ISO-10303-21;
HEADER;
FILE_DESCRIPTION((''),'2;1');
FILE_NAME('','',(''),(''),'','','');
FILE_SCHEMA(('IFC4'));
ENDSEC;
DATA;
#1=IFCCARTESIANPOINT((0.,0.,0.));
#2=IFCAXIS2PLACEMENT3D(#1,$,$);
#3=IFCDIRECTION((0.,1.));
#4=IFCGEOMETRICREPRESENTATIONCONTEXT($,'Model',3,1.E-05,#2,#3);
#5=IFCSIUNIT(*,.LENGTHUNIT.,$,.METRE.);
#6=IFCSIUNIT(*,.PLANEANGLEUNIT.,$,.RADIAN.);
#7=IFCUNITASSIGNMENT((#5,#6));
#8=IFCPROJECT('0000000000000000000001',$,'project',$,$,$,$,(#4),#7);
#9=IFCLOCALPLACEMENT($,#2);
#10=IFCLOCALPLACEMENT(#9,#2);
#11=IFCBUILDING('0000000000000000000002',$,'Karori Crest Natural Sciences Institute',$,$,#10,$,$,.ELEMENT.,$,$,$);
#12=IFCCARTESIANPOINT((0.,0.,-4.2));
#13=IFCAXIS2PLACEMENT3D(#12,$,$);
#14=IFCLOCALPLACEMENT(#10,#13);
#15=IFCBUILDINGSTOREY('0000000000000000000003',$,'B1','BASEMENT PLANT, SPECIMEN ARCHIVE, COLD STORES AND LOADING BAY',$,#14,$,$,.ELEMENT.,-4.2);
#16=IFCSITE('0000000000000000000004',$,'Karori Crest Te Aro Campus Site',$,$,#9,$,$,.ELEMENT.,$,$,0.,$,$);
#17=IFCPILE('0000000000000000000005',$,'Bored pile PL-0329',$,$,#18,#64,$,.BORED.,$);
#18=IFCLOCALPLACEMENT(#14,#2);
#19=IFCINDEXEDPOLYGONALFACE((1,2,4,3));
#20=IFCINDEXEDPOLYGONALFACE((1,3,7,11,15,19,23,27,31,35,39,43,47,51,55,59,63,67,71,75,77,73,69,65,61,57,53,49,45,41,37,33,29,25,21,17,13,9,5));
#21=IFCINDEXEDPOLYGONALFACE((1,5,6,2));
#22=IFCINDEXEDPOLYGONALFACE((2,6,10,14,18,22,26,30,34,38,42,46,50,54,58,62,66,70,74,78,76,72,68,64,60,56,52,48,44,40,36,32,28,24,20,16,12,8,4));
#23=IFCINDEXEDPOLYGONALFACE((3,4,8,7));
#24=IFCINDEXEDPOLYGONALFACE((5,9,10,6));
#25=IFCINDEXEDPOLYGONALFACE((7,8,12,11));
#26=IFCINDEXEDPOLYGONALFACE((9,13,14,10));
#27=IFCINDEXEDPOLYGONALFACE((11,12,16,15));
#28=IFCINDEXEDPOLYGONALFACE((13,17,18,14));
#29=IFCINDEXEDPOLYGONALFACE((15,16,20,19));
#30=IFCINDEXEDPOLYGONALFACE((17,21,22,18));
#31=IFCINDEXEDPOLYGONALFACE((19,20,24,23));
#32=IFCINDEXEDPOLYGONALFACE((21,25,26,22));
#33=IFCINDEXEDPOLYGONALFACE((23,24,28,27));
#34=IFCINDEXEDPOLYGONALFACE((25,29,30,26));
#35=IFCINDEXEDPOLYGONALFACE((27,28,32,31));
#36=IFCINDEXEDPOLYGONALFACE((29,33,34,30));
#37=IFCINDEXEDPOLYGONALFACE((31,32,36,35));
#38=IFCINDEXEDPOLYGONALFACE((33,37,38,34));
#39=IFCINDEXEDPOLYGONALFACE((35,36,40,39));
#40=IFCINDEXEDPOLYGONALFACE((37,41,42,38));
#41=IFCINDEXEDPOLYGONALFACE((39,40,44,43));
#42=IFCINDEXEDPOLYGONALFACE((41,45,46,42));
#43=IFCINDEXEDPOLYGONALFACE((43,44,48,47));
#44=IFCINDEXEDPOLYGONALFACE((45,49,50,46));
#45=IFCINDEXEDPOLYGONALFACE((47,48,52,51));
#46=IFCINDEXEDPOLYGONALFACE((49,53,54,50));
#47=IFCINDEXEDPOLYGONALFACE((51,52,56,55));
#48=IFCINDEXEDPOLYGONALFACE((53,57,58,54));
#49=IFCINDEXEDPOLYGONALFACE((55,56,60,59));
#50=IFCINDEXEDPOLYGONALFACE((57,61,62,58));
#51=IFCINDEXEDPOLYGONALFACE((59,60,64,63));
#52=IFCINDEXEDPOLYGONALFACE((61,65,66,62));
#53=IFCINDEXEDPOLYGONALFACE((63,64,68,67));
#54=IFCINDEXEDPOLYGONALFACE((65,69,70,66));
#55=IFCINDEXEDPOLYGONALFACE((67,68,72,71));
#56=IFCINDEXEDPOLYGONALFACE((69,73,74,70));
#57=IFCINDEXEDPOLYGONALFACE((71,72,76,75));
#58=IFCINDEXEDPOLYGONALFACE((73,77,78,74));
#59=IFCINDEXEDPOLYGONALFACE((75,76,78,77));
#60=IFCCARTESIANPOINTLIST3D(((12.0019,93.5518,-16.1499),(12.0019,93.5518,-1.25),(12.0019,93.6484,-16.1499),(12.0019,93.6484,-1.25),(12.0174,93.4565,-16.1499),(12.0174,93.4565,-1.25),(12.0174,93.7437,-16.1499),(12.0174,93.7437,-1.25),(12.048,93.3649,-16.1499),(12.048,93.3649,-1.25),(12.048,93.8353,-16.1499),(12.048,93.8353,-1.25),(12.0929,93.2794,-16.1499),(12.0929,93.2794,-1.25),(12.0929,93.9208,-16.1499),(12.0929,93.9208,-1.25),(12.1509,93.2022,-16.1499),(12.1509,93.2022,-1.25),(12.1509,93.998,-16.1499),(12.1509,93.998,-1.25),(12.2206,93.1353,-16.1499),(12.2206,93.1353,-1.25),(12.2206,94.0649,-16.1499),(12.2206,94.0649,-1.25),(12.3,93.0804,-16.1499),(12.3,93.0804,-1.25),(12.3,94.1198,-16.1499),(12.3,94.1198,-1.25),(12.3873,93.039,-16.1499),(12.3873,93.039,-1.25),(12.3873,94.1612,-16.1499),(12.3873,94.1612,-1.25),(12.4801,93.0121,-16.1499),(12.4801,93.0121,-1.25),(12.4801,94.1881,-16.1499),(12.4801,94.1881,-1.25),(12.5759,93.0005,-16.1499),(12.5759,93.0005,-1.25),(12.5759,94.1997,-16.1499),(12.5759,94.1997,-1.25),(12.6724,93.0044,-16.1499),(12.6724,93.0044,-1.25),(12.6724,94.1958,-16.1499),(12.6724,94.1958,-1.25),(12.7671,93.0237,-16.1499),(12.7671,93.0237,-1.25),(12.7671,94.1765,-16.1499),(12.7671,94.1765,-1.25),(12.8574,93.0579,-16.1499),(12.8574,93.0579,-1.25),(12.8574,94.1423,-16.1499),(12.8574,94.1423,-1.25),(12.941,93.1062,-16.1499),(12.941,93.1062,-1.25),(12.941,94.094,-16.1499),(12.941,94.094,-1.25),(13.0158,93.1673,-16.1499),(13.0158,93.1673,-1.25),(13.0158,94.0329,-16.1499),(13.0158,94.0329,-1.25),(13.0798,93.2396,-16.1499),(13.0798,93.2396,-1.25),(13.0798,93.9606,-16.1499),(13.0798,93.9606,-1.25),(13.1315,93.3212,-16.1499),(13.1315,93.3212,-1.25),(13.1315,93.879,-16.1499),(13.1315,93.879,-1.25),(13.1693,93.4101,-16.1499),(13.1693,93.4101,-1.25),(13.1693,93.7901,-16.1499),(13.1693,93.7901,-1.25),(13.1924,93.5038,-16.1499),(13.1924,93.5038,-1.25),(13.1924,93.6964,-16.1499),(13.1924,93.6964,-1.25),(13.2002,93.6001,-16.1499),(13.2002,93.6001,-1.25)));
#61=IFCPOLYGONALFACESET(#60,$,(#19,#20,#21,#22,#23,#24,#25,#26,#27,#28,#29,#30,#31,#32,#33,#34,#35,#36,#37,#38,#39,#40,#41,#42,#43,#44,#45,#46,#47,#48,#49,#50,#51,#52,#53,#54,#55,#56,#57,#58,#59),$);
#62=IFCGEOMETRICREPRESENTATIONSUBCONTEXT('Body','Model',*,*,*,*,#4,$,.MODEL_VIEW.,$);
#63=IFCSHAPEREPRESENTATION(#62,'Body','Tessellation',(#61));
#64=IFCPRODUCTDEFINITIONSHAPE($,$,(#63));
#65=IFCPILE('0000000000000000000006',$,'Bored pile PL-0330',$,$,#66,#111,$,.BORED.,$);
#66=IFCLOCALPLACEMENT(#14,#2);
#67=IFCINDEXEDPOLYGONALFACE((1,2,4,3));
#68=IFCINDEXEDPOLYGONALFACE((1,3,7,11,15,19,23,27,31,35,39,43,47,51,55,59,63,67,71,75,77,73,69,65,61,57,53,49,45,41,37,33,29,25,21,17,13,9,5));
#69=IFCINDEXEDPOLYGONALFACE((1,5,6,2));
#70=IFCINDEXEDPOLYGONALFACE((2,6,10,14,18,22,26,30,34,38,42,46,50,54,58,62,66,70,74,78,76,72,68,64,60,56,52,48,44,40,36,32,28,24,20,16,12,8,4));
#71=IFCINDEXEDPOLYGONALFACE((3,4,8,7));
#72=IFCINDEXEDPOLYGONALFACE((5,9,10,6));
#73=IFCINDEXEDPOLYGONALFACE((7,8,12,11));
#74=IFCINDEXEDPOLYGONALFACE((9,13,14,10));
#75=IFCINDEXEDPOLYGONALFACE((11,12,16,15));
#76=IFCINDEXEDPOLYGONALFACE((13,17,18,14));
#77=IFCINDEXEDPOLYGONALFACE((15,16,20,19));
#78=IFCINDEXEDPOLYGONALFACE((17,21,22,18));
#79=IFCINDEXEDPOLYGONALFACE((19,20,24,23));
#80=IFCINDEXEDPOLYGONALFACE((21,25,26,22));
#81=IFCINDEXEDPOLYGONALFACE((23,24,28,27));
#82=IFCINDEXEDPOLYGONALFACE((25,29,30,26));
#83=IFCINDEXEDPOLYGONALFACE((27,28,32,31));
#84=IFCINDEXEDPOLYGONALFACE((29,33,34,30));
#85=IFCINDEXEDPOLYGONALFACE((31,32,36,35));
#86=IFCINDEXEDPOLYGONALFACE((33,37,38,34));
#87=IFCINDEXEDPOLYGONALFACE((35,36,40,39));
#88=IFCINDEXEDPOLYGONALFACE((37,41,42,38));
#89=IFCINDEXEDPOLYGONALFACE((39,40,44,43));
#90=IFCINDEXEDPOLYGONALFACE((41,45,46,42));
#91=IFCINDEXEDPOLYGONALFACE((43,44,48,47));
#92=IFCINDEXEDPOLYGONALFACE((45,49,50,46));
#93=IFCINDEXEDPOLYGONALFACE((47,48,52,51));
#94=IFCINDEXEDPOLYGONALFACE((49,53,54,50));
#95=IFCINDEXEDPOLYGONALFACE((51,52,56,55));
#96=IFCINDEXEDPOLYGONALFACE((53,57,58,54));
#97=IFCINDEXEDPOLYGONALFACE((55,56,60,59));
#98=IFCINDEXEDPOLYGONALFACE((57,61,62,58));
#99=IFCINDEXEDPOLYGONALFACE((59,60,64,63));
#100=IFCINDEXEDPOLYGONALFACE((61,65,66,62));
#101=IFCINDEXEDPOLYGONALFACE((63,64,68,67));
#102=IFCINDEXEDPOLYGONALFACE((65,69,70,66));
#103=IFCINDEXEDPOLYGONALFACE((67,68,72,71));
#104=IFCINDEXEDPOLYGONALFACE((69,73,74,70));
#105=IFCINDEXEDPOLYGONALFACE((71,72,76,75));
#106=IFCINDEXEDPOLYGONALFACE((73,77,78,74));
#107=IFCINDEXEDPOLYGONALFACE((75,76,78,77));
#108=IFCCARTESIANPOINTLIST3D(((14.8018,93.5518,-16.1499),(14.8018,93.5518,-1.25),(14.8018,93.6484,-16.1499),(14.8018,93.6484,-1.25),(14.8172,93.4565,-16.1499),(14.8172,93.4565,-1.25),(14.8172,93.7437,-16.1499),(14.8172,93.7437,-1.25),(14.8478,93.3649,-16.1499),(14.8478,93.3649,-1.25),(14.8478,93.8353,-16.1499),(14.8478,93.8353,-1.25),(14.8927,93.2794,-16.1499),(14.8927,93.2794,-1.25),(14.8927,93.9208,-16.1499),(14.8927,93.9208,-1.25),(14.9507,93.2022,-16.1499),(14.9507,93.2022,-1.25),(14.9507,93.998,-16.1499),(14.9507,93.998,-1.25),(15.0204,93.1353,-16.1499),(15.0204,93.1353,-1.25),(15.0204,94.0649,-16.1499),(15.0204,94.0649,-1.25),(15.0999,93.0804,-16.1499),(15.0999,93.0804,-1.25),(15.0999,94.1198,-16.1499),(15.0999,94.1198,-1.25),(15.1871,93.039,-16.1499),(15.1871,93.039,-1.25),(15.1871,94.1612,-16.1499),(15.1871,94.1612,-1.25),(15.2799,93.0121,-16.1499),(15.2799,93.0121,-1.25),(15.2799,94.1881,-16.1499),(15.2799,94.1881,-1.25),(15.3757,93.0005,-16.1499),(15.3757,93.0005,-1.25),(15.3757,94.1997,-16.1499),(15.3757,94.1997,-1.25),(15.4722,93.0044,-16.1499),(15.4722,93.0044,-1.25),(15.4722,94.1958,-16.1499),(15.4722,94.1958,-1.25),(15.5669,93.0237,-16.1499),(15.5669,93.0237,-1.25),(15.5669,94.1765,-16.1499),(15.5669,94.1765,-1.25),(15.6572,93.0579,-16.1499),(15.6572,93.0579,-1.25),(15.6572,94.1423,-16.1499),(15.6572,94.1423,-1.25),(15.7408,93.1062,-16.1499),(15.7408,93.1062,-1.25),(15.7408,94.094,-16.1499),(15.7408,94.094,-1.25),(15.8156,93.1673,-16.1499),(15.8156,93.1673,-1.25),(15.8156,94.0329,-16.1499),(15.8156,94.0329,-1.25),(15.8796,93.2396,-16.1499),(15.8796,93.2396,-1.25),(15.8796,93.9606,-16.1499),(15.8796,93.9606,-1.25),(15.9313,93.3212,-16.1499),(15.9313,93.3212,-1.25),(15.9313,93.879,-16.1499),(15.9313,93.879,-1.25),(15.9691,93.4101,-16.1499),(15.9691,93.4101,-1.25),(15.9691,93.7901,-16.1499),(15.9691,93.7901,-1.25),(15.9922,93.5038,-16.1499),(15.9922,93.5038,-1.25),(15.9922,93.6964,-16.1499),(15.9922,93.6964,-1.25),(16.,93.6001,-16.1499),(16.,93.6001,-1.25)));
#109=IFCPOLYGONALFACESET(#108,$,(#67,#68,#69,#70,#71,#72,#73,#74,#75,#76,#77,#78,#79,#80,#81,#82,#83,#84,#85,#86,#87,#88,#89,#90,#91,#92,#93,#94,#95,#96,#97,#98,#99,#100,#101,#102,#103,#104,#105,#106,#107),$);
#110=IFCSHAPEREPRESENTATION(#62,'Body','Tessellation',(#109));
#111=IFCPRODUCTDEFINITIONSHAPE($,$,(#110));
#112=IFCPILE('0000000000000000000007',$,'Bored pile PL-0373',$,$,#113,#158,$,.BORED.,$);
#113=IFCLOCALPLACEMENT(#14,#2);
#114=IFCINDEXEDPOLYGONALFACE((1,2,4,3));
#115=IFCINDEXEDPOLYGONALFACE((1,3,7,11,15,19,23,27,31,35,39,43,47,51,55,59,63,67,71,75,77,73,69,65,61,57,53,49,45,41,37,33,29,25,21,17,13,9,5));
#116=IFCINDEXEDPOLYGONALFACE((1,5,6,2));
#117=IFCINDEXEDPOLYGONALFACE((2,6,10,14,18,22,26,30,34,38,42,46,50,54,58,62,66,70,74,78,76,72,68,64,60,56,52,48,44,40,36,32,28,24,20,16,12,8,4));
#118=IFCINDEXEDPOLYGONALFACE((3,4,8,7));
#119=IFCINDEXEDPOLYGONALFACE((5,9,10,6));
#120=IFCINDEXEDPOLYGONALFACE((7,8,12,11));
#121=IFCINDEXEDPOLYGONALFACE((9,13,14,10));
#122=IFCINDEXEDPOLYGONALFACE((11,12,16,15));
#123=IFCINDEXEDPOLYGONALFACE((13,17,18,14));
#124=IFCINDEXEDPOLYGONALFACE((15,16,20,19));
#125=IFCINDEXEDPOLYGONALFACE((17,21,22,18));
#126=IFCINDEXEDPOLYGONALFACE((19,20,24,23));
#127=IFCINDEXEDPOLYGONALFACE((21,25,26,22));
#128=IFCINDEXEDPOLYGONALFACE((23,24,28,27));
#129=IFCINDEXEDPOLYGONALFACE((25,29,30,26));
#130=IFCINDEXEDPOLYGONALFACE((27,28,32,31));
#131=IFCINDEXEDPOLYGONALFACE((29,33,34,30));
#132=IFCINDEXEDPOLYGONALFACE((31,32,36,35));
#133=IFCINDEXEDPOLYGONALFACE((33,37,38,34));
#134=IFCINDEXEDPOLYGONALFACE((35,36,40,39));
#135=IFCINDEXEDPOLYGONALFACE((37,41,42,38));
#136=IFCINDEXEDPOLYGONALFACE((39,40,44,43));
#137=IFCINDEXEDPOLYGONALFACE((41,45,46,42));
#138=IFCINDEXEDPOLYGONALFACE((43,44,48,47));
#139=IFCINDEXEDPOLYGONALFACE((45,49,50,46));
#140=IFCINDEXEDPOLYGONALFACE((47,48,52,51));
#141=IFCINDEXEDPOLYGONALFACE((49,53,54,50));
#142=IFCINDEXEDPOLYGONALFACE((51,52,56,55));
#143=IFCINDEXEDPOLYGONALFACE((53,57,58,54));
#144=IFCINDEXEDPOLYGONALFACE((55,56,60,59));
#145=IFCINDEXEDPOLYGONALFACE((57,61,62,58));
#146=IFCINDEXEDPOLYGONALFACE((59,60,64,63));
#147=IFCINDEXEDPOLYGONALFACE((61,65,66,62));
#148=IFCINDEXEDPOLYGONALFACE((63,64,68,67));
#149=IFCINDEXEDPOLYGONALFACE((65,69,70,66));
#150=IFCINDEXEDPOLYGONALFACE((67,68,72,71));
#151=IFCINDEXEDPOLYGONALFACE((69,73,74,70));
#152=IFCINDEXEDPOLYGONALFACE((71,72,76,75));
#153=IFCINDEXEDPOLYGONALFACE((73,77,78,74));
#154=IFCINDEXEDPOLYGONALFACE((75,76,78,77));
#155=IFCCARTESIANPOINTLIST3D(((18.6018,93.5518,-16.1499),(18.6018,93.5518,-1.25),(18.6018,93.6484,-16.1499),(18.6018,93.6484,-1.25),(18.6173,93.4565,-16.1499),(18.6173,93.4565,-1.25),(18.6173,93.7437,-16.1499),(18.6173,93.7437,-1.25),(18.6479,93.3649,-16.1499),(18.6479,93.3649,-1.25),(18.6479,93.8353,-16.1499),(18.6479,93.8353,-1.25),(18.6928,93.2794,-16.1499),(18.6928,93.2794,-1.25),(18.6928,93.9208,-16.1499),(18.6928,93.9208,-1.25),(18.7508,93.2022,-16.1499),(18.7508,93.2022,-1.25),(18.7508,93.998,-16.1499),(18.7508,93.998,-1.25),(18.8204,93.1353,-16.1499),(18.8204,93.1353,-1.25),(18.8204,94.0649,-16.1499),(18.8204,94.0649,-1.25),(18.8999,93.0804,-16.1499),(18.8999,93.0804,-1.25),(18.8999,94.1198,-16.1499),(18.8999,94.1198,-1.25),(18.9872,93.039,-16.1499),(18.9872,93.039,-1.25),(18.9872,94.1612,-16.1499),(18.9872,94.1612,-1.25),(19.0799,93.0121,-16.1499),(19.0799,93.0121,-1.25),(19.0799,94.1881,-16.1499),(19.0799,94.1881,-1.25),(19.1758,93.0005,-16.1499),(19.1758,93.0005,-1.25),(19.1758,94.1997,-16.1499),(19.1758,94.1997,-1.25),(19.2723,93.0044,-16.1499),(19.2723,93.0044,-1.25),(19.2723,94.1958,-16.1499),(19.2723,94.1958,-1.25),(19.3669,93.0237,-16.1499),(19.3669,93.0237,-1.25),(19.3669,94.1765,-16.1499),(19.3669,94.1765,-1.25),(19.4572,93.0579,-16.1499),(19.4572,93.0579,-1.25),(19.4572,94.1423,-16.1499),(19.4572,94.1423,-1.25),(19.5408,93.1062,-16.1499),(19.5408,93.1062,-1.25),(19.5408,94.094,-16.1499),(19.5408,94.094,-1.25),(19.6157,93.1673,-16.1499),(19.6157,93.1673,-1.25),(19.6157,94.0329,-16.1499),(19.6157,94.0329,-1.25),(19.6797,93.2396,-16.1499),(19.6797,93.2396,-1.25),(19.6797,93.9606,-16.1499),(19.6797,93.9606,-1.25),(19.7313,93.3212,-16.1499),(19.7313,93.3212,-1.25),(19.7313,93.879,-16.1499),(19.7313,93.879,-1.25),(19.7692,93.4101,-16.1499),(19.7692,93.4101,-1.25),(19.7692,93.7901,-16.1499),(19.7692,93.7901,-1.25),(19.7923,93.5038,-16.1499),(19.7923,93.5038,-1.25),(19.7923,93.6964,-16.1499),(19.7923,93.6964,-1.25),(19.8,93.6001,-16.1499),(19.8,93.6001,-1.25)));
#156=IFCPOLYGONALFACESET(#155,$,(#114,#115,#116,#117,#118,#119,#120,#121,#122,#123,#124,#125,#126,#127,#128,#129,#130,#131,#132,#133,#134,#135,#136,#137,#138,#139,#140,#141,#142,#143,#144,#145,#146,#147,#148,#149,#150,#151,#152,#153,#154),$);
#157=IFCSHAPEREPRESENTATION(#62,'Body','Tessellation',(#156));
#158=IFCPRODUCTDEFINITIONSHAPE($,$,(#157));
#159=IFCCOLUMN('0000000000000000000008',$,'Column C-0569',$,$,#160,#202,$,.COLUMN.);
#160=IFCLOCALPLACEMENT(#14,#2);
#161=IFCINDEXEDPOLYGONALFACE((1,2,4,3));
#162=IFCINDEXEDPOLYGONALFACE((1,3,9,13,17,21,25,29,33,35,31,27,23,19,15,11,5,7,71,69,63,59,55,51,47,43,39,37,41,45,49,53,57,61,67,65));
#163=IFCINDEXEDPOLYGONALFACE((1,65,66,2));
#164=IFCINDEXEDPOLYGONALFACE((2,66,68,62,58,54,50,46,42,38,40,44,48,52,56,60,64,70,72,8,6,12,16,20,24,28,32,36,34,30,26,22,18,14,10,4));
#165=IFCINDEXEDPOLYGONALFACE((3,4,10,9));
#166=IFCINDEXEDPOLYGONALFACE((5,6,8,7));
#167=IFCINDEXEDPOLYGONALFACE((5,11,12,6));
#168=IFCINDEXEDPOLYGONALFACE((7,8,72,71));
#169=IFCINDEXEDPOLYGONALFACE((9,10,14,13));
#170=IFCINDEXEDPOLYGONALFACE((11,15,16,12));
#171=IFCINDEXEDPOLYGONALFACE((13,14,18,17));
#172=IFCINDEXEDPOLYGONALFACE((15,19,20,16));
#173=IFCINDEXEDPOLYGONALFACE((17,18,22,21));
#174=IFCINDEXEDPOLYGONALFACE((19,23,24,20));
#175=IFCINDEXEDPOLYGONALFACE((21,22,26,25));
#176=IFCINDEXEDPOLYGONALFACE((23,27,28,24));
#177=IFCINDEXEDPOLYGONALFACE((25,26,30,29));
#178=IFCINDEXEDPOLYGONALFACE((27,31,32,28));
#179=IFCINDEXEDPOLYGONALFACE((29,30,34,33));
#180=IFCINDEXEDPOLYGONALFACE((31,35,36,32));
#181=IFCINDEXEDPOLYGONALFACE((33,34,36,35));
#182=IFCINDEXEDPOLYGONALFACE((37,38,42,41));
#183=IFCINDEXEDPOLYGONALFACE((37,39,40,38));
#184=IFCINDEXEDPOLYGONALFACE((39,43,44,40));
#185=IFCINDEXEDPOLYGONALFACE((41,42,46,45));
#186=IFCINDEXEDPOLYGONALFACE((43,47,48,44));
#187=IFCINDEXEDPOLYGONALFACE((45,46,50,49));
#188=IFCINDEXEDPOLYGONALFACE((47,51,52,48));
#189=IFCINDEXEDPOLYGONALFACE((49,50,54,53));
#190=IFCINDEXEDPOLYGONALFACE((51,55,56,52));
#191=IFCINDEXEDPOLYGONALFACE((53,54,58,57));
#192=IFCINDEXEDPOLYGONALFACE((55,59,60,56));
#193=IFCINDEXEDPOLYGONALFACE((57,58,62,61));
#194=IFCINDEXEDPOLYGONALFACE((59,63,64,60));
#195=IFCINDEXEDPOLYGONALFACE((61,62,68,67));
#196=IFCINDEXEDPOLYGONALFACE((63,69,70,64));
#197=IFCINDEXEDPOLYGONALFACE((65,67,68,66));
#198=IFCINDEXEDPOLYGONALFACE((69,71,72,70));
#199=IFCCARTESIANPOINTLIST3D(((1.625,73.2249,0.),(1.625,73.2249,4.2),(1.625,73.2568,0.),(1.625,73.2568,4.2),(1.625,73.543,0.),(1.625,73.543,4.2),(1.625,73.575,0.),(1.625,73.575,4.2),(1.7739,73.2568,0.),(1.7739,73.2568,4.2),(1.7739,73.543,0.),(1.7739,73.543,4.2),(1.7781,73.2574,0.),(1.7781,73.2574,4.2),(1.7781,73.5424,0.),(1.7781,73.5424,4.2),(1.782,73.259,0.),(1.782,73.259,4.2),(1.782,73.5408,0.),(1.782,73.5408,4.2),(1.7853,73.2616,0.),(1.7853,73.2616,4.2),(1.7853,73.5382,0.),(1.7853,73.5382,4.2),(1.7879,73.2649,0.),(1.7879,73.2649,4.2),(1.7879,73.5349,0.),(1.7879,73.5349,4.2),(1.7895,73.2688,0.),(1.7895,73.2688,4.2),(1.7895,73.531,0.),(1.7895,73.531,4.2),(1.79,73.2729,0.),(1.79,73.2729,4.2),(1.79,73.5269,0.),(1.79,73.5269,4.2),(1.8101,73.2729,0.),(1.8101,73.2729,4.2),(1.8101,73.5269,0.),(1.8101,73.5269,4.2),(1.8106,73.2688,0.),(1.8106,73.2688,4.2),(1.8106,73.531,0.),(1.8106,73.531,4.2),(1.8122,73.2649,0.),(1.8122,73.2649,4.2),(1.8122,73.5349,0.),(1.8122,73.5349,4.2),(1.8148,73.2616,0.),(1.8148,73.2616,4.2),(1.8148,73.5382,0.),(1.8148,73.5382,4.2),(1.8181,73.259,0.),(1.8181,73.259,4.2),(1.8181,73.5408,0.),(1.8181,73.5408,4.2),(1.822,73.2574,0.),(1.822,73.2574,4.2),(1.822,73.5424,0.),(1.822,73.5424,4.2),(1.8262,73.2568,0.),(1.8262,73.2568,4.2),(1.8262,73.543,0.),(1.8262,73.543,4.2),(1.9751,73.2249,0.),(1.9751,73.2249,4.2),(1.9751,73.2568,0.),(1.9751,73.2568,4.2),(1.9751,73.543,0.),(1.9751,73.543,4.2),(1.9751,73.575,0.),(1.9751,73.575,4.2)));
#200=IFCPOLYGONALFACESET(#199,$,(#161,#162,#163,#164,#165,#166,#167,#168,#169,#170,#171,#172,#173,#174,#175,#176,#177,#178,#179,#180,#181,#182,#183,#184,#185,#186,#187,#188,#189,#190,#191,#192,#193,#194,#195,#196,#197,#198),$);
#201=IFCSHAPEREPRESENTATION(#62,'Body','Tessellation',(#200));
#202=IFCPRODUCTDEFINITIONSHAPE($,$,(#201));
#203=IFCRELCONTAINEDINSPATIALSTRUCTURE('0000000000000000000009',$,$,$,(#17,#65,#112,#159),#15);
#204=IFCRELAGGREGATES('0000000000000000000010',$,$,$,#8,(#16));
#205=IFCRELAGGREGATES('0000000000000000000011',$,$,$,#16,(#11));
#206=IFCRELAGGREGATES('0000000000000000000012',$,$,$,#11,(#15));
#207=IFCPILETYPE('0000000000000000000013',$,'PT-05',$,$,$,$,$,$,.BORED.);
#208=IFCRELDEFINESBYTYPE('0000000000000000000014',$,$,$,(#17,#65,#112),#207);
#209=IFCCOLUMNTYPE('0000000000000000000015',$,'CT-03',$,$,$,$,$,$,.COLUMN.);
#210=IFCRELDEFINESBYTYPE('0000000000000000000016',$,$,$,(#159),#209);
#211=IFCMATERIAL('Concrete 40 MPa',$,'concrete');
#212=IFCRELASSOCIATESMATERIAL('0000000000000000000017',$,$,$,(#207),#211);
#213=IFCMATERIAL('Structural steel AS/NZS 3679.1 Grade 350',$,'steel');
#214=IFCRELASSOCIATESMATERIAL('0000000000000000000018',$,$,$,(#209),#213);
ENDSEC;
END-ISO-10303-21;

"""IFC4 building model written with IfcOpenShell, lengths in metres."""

from ifc_helpers import new_model, si_unit, direction, frame, origin, origin_2d, place, context, subcontext, project, spatial, circle, i_section, extrude, material, material_profile, profile_set, type_object, element, save


model = new_model("IFC4")

# Units and contexts
model_context = context("Model", 3, precision=1e-05, world=origin(), true_north=direction((0.0, 1.0)))
body_context = subcontext(model_context, "Body", "Model", "MODEL_VIEW")
ifc_project = project(units=[si_unit("LENGTHUNIT", "METRE"), si_unit("PLANEANGLEUNIT", "RADIAN")], contexts=[model_context])

# Site, building, storey
site_placement = place(None, origin())
site = spatial("IfcSite", under=ifc_project, at=site_placement, Name="Karori Crest Te Aro Campus Site", CompositionType="ELEMENT", RefElevation=0.0)
building_placement = place(site_placement, origin())
building = spatial("IfcBuilding", under=site, at=building_placement, Name="Karori Crest Natural Sciences Institute", CompositionType="ELEMENT")
storey_placement = place(building_placement, frame((0.0, 0.0, -4.2)))
storey = spatial("IfcBuildingStorey", under=building, at=storey_placement, Name="B1", Description="BASEMENT PLANT, SPECIMEN ARCHIVE, COLD STORES AND LOADING BAY", CompositionType="ELEMENT", Elevation=-4.2)

# Shared definitions
ifc_material_1 = material(Name="Concrete 40 MPa", Category="concrete")

# Piles
ifc_material_profile_1 = material_profile(ifc_material_1, circle(Radius=0.6001, at=origin_2d()), Name="PILE1200")
ifc_profile_set_1 = profile_set([ifc_material_profile_1], Name="Concrete 40 MPa")
pile_type_1 = type_object("IfcPileType", Name="PT-05", PredefinedType="BORED", material=ifc_profile_set_1)
for number, where, z_axis, x_axis, name in (
    (1, (12.6001, 93.6001, -1.25), (0.0, 0.0, -1.0), (1.0, 0.0, 0.0), "Bored pile PL-0329"),
    (2, (15.3999, 93.6001, -1.25), (0.0, 0.0, -1.0), (1.0, 0.0, 0.0), "Bored pile PL-0330"),
    (3, (19.2, 93.6001, -1.25), (0.0, 0.0, -1.0), (1.0, 0.0, 0.0), "Bored pile PL-0373"),
):
    element("IfcPile", number, at=place(storey_placement, frame(where, z_axis=z_axis, x_axis=x_axis)), inside=storey, type_object=pile_type_1, Name=name, PredefinedType="BORED", context=body_context, shape_type="SweptSolid", body=[
        extrude(circle(Radius=0.6001, at=origin_2d()), origin(), (0.0, 0.0, 1.0), 14.8999),
    ])

# Column
ifc_material_2 = material(Name="Structural steel AS/NZS 3679.1 Grade 350", Category="steel")
ifc_material_profile_2 = material_profile(ifc_material_2, i_section(OverallWidth=0.3501, OverallDepth=0.3501, WebThickness=0.02, FlangeThickness=0.032, FilletRadius=0.0161, at=origin_2d()), Name="350WC280")
ifc_profile_set_2 = profile_set([ifc_material_profile_2], Name="Structural steel AS/NZS 3679.1 Grade 350")
column_type = type_object("IfcColumnType", Name="CT-03", PredefinedType="COLUMN", material=ifc_profile_set_2)
for number, where, z_axis, x_axis, name in (
    (4, (1.8, 73.3999, 0.0), (0.0, 0.0, 1.0), (1.0, 0.0, 0.0), "Column C-0569"),
):
    element("IfcColumn", number, at=place(storey_placement, frame(where, z_axis=z_axis, x_axis=x_axis)), inside=storey, type_object=column_type, Name=name, PredefinedType="COLUMN", context=body_context, shape_type="SweptSolid", body=[
        extrude(i_section(OverallWidth=0.3501, OverallDepth=0.3501, WebThickness=0.02, FlangeThickness=0.032, FilletRadius=0.0161, at=origin_2d()), origin(), (0.0, 0.0, 1.0), 4.2),
    ])

save(model, "model.ifc")
